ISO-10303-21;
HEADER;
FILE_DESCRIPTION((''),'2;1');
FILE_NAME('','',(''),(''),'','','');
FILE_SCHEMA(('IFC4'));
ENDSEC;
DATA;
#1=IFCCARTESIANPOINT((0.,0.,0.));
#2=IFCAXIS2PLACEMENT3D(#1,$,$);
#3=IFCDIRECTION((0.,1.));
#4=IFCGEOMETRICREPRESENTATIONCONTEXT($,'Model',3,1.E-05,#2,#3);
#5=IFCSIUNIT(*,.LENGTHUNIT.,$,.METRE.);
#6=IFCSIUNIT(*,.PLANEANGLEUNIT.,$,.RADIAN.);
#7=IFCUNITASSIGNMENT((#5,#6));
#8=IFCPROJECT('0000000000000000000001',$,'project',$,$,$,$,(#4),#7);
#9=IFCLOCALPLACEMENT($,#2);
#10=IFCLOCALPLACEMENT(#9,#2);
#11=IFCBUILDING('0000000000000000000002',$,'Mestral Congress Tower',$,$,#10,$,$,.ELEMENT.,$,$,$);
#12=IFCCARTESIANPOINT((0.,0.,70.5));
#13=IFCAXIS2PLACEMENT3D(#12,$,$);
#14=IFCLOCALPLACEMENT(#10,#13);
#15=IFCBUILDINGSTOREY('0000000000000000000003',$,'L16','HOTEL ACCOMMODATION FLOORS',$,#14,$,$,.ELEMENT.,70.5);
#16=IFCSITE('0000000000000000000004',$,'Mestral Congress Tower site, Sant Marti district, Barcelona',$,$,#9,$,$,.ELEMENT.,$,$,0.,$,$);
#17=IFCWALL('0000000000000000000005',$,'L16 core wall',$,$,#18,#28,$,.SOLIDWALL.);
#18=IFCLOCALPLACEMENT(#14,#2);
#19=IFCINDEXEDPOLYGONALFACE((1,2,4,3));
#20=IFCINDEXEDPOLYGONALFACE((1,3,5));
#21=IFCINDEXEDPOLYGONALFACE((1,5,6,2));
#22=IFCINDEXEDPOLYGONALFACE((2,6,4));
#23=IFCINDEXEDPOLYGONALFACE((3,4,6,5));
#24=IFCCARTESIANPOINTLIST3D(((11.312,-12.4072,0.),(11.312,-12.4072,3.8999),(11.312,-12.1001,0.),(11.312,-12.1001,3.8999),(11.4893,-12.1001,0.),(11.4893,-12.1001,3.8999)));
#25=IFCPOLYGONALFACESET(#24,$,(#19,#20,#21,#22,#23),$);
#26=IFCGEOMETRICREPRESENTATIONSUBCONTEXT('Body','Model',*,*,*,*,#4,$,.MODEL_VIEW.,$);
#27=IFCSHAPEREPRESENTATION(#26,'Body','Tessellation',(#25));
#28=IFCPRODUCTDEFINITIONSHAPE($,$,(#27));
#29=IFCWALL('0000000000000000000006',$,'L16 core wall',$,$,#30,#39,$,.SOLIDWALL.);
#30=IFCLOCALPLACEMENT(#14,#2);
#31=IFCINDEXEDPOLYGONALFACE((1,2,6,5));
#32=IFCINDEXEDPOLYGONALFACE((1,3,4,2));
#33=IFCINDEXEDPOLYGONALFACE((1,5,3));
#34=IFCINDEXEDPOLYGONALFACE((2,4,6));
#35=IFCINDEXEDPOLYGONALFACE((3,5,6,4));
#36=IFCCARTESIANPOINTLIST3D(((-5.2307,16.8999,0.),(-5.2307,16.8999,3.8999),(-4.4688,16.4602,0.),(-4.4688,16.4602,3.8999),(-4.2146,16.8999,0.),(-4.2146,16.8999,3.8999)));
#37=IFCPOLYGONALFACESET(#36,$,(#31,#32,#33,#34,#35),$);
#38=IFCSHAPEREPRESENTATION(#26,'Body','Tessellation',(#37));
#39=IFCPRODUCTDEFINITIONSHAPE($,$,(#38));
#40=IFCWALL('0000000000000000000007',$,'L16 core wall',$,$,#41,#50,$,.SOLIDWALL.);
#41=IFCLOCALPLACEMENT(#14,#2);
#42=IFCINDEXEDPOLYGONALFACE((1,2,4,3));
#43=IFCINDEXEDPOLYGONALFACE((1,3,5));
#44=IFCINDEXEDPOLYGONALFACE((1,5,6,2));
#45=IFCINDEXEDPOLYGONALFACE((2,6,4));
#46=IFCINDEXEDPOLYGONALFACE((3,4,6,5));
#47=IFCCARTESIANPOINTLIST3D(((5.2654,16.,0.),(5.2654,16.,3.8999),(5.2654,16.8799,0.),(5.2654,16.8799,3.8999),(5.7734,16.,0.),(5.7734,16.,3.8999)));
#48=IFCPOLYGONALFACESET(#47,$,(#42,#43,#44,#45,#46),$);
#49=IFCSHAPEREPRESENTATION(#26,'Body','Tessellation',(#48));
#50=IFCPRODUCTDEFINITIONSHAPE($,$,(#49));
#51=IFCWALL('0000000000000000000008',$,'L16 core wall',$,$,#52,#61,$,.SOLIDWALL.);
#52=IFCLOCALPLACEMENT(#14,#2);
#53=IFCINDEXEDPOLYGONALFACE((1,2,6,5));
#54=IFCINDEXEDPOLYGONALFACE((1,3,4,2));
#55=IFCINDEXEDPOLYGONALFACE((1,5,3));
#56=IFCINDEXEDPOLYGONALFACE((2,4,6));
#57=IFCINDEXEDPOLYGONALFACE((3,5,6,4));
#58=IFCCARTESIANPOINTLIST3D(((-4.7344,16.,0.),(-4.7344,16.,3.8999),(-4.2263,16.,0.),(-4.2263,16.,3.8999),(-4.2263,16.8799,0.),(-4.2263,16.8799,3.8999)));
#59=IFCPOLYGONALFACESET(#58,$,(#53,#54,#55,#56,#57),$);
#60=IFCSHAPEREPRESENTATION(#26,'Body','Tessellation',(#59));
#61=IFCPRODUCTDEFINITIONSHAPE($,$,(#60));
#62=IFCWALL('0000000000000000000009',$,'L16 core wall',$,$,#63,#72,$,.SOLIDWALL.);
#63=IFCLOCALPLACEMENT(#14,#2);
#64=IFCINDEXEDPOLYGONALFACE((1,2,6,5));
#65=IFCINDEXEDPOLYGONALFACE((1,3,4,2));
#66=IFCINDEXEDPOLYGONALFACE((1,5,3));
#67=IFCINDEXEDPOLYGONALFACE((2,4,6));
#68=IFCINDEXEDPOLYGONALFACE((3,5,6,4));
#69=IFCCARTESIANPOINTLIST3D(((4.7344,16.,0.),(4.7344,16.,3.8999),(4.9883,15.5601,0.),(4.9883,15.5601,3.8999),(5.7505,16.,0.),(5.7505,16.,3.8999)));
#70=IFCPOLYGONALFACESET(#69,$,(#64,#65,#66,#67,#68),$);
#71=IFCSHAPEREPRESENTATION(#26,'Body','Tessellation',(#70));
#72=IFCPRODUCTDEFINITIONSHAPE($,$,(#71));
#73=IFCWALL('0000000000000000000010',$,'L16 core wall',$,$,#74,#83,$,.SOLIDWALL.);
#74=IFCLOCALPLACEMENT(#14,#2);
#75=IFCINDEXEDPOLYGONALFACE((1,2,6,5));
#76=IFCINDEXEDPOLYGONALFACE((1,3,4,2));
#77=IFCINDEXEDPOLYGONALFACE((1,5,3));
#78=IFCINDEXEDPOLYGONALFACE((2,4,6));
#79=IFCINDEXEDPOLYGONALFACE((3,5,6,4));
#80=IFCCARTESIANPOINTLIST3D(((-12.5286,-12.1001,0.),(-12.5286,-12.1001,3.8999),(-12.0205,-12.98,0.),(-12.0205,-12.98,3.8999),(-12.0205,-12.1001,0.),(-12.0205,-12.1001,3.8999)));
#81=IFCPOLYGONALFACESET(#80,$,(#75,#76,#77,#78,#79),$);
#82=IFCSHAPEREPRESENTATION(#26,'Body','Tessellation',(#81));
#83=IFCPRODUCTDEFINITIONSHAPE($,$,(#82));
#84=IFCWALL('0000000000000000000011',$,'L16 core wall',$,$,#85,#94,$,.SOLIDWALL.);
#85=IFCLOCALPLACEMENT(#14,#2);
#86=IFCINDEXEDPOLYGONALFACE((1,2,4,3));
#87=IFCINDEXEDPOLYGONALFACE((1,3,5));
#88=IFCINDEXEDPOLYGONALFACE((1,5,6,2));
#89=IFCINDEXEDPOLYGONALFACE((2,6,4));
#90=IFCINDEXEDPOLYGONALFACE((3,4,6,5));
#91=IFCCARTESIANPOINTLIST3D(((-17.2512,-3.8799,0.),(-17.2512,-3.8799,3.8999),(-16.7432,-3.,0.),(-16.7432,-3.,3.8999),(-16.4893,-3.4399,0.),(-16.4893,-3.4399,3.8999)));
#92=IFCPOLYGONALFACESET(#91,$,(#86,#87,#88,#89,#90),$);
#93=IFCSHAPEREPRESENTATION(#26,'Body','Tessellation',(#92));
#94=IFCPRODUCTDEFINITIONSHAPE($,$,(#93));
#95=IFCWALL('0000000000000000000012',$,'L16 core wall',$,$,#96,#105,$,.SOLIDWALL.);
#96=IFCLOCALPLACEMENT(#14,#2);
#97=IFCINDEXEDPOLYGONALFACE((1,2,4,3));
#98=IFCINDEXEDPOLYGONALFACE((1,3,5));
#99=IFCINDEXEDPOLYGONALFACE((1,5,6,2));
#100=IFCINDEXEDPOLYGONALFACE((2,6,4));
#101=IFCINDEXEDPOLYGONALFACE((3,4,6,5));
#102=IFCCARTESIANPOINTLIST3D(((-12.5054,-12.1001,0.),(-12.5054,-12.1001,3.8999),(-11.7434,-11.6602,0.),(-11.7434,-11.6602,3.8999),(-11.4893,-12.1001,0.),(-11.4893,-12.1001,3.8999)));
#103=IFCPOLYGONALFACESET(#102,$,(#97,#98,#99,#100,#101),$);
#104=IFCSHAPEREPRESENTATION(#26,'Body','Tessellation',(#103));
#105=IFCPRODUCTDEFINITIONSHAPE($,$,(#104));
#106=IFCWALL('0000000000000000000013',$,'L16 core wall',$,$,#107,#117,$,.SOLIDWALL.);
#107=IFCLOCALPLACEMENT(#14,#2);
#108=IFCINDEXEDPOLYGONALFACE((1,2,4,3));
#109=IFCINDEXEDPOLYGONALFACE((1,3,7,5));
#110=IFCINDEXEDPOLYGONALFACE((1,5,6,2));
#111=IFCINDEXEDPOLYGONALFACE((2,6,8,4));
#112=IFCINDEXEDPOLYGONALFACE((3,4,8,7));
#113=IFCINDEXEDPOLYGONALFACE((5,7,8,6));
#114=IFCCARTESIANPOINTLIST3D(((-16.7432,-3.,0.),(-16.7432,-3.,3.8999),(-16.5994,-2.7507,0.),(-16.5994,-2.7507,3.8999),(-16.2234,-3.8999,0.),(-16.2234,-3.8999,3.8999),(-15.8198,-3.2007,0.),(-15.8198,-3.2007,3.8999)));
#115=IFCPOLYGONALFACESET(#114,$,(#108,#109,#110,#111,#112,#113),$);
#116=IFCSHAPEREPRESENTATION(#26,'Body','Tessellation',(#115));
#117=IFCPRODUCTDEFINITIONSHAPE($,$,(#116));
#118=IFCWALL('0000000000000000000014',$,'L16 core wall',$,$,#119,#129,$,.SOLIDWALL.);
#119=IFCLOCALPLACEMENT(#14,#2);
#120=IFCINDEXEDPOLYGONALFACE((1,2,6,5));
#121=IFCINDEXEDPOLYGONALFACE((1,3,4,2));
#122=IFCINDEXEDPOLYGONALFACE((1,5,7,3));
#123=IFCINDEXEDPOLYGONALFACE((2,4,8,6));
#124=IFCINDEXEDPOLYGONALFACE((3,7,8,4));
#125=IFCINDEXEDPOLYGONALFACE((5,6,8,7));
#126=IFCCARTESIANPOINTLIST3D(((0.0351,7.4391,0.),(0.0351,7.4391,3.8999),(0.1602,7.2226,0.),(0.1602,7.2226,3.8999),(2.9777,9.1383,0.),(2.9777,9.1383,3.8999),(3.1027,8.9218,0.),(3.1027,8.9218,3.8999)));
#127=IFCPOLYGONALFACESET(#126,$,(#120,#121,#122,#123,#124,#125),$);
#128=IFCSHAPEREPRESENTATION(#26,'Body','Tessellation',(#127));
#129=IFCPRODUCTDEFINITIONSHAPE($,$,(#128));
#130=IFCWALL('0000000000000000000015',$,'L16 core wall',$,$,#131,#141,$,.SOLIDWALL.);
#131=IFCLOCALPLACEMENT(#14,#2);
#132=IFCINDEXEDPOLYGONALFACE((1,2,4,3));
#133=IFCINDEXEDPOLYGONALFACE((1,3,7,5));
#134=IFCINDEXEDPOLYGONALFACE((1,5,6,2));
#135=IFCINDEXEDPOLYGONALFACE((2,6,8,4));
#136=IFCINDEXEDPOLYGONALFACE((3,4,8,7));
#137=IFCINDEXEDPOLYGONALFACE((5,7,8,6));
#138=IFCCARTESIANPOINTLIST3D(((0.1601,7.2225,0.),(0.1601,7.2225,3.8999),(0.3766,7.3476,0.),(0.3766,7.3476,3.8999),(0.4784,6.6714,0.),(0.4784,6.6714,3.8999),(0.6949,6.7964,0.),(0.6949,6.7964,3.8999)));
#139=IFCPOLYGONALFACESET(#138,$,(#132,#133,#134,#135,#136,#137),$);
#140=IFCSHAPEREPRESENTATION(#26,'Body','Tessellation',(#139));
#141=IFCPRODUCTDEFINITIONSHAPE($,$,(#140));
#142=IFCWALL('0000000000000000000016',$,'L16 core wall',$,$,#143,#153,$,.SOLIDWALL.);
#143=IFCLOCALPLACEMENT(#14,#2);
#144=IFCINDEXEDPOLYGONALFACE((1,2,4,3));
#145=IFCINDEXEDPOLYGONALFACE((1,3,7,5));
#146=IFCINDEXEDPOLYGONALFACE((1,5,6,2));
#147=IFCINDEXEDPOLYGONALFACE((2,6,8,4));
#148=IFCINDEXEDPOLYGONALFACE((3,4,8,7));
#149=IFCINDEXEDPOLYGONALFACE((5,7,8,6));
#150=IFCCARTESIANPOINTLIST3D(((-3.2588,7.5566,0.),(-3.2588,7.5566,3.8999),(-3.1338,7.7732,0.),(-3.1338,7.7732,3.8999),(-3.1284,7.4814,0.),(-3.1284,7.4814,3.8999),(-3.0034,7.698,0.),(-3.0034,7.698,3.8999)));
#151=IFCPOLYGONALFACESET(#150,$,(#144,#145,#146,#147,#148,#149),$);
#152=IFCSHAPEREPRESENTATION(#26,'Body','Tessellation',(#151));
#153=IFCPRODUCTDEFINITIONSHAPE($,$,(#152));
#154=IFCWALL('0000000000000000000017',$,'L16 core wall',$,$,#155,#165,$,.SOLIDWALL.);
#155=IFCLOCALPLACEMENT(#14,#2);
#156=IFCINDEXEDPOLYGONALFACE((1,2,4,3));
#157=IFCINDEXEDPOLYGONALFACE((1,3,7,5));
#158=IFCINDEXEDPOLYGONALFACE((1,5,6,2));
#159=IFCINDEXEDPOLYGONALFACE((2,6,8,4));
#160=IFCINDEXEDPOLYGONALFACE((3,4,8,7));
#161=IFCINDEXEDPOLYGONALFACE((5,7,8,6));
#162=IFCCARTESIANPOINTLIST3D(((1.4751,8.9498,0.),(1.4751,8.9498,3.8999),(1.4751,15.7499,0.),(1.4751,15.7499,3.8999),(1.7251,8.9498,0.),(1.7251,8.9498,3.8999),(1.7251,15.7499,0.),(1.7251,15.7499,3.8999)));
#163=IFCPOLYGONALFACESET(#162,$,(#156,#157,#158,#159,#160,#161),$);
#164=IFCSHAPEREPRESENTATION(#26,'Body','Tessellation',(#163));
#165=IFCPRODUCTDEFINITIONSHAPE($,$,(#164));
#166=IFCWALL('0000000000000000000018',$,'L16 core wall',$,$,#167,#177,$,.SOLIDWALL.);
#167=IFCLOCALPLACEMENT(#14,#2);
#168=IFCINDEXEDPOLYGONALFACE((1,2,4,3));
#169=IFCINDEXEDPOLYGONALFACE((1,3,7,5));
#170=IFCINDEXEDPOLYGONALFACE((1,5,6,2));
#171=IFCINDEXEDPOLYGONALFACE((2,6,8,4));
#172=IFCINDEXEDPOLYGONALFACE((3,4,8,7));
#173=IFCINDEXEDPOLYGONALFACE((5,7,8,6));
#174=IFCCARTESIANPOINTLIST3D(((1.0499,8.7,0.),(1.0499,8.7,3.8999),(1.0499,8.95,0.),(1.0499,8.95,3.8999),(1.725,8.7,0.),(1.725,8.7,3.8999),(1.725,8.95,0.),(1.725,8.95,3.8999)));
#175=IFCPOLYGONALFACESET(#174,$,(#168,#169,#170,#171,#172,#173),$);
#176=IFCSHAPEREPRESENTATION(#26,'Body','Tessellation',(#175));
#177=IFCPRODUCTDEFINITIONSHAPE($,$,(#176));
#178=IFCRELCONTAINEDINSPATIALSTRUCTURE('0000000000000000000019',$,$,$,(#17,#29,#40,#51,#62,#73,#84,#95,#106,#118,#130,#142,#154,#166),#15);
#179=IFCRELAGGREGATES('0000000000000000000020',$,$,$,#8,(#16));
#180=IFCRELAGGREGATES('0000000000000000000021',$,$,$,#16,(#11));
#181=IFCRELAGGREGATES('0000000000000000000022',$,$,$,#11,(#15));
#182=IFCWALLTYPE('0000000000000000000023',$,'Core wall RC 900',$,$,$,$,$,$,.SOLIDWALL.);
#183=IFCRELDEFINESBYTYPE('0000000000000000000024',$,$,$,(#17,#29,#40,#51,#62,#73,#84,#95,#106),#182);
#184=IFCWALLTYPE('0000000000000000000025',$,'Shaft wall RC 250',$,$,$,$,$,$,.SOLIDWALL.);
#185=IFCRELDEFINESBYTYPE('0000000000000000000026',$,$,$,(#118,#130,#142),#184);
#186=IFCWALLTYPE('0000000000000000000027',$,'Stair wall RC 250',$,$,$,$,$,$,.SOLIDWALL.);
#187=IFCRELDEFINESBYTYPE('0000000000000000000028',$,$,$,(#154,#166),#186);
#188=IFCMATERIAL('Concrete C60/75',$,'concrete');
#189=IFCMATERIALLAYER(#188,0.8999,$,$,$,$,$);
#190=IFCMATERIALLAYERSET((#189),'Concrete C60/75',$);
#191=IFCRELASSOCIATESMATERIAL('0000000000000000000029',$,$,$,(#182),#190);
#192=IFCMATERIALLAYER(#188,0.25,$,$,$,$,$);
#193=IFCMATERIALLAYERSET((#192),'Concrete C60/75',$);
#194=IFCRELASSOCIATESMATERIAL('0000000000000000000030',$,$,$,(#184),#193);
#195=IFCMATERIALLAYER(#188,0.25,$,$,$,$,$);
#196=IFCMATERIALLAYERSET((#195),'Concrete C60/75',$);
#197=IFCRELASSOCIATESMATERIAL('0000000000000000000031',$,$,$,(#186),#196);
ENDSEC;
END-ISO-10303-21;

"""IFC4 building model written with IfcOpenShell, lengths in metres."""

from ifc_helpers import new_model, si_unit, direction, frame, frame_2d, origin, place, context, subcontext, project, spatial, polyline, rectangle, outline, extrude, material, layer, layer_set, type_object, element, save


model = new_model("IFC4")

# Units and contexts
model_context = context("Model", 3, precision=1e-05, world=origin(), true_north=direction((0.0, 1.0)))
body_context = subcontext(model_context, "Body", "Model", "MODEL_VIEW")
ifc_project = project(units=[si_unit("LENGTHUNIT", "METRE"), si_unit("PLANEANGLEUNIT", "RADIAN")], contexts=[model_context])

# Site, building, storey
site_placement = place(None, origin())
site = spatial("IfcSite", under=ifc_project, at=site_placement, Name="Mestral Congress Tower site, Sant Marti district, Barcelona", CompositionType="ELEMENT", RefElevation=0.0)
building_placement = place(site_placement, origin())
building = spatial("IfcBuilding", under=site, at=building_placement, Name="Mestral Congress Tower", CompositionType="ELEMENT")
storey_placement = place(building_placement, frame((0.0, 0.0, 70.5)))
storey = spatial("IfcBuildingStorey", under=building, at=storey_placement, Name="L16", Description="HOTEL ACCOMMODATION FLOORS", CompositionType="ELEMENT", Elevation=70.5)

# Shared definitions
ifc_material_1 = material(Name="Concrete C60/75", Category="concrete")

# Shared definitions
placement = place(storey_placement, origin())

# Walls
ifc_layer_1 = layer(ifc_material_1, 0.8999)
ifc_layer_set_1 = layer_set([ifc_layer_1], Name="Concrete C60/75")
wall_type_1 = type_object("IfcWallType", Name="Core wall RC 900", PredefinedType="SOLIDWALL", material=ifc_layer_set_1)
element("IfcWall", 1, at=placement, inside=storey, type_object=wall_type_1, Name="L16 core wall", PredefinedType="SOLIDWALL", context=body_context, shape_type="SweptSolid", body=[
    extrude(outline(polyline([(11.4893, -12.1001), (11.312, -12.4072), (11.312, -12.1001), (11.4893, -12.1001)])), origin(), (0.0, 0.0, 1.0), 3.8999),
])
element("IfcWall", 2, at=placement, inside=storey, type_object=wall_type_1, Name="L16 core wall", PredefinedType="SOLIDWALL", context=body_context, shape_type="SweptSolid", body=[
    extrude(outline(polyline([(-4.2146, 16.8999), (-4.4688, 16.4602), (-5.2307, 16.8999), (-4.2146, 16.8999)])), origin(), (0.0, 0.0, 1.0), 3.8999),
])
element("IfcWall", 3, at=placement, inside=storey, type_object=wall_type_1, Name="L16 core wall", PredefinedType="SOLIDWALL", context=body_context, shape_type="SweptSolid", body=[
    extrude(outline(polyline([(5.2654, 16.0), (5.2654, 16.8799), (5.7734, 16.0), (5.2654, 16.0)])), origin(), (0.0, 0.0, 1.0), 3.8999),
])
element("IfcWall", 4, at=placement, inside=storey, type_object=wall_type_1, Name="L16 core wall", PredefinedType="SOLIDWALL", context=body_context, shape_type="SweptSolid", body=[
    extrude(outline(polyline([(-4.7344, 16.0), (-4.2263, 16.8799), (-4.2263, 16.0), (-4.7344, 16.0)])), origin(), (0.0, 0.0, 1.0), 3.8999),
])
element("IfcWall", 5, at=placement, inside=storey, type_object=wall_type_1, Name="L16 core wall", PredefinedType="SOLIDWALL", context=body_context, shape_type="SweptSolid", body=[
    extrude(outline(polyline([(4.7344, 16.0), (5.7505, 16.0), (4.9883, 15.5601), (4.7344, 16.0)])), origin(), (0.0, 0.0, 1.0), 3.8999),
])
element("IfcWall", 6, at=placement, inside=storey, type_object=wall_type_1, Name="L16 core wall", PredefinedType="SOLIDWALL", context=body_context, shape_type="SweptSolid", body=[
    extrude(outline(polyline([(-12.5286, -12.1001), (-12.0205, -12.1001), (-12.0205, -12.98), (-12.5286, -12.1001)])), origin(), (0.0, 0.0, 1.0), 3.8999),
])
element("IfcWall", 7, at=placement, inside=storey, type_object=wall_type_1, Name="L16 core wall", PredefinedType="SOLIDWALL", context=body_context, shape_type="SweptSolid", body=[
    extrude(outline(polyline([(-16.4893, -3.4399), (-17.2512, -3.8799), (-16.7432, -3.0), (-16.4893, -3.4399)])), origin(), (0.0, 0.0, 1.0), 3.8999),
])
element("IfcWall", 8, at=placement, inside=storey, type_object=wall_type_1, Name="L16 core wall", PredefinedType="SOLIDWALL", context=body_context, shape_type="SweptSolid", body=[
    extrude(outline(polyline([(-11.4893, -12.1001), (-12.5054, -12.1001), (-11.7434, -11.6602), (-11.4893, -12.1001)])), origin(), (0.0, 0.0, 1.0), 3.8999),
])
element("IfcWall", 9, at=placement, inside=storey, type_object=wall_type_1, Name="L16 core wall", PredefinedType="SOLIDWALL", context=body_context, shape_type="SweptSolid", body=[
    extrude(outline(polyline([(-15.8198, -3.2007), (-16.2234, -3.8999), (-16.7432, -3.0), (-16.5994, -2.7507), (-15.8198, -3.2007)])), origin(), (0.0, 0.0, 1.0), 3.8999),
])
ifc_layer_2 = layer(ifc_material_1, 0.25)
ifc_layer_set_2 = layer_set([ifc_layer_2], Name="Concrete C60/75")
wall_type_2 = type_object("IfcWallType", Name="Shaft wall RC 250", PredefinedType="SOLIDWALL", material=ifc_layer_set_2)
wall_1_placement = place(storey_placement, frame((0.0977, 7.3308, 0.0), z_axis=(0.0, 0.0, 1.0), x_axis=(0.865988, 0.500065, 0.0)))
element("IfcWall", 10, at=wall_1_placement, inside=storey, type_object=wall_type_2, Name="L16 core wall", PredefinedType="SOLIDWALL", context=body_context, shape_type="SweptSolid", body=[
    extrude(rectangle(XDim=3.3979, YDim=0.25, at=frame_2d((1.699, 0.0))), origin(), (0.0, 0.0, 1.0), 3.8999),
])
wall_2_placement = place(storey_placement, frame((0.2683, 7.2852, 0.0), z_axis=(0.0, 0.0, 1.0), x_axis=(0.500099, -0.865968, 0.0)))
element("IfcWall", 11, at=wall_2_placement, inside=storey, type_object=wall_type_2, Name="L16 core wall", PredefinedType="SOLIDWALL", context=body_context, shape_type="SweptSolid", body=[
    extrude(rectangle(XDim=0.6365, YDim=0.25, at=frame_2d((0.3184, 0.0))), origin(), (0.0, 0.0, 1.0), 3.8999),
])
element("IfcWall", 12, at=placement, inside=storey, type_object=wall_type_2, Name="L16 core wall", PredefinedType="SOLIDWALL", context=body_context, shape_type="SweptSolid", body=[
    extrude(outline(polyline([(-3.1284, 7.4814), (-3.2588, 7.5566), (-3.1338, 7.7732), (-3.0034, 7.698), (-3.1284, 7.4814)])), origin(), (0.0, 0.0, 1.0), 3.8999),
])
ifc_layer_3 = layer(ifc_material_1, 0.25)
ifc_layer_set_3 = layer_set([ifc_layer_3], Name="Concrete C60/75")
wall_type_3 = type_object("IfcWallType", Name="Stair wall RC 250", PredefinedType="SOLIDWALL", material=ifc_layer_set_3)
wall_3_placement = place(storey_placement, frame((1.6001, 8.95, 0.0), z_axis=(0.0, 0.0, 1.0), x_axis=(0.0, 1.0, 0.0)))
element("IfcWall", 13, at=wall_3_placement, inside=storey, type_object=wall_type_3, Name="L16 core wall", PredefinedType="SOLIDWALL", context=body_context, shape_type="SweptSolid", body=[
    extrude(rectangle(XDim=6.8, YDim=0.25, at=frame_2d((3.3999, 0.0))), origin(), (0.0, 0.0, 1.0), 3.8999),
])
wall_4_placement = place(storey_placement, frame((1.05, 8.825, 0.0), z_axis=(0.0, 0.0, 1.0), x_axis=(1.0, 0.0, 0.0)))
element("IfcWall", 14, at=wall_4_placement, inside=storey, type_object=wall_type_3, Name="L16 core wall", PredefinedType="SOLIDWALL", context=body_context, shape_type="SweptSolid", body=[
    extrude(rectangle(XDim=0.675, YDim=0.25, at=frame_2d((0.3374, 0.0))), origin(), (0.0, 0.0, 1.0), 3.8999),
])

save(model, "model.ifc")
